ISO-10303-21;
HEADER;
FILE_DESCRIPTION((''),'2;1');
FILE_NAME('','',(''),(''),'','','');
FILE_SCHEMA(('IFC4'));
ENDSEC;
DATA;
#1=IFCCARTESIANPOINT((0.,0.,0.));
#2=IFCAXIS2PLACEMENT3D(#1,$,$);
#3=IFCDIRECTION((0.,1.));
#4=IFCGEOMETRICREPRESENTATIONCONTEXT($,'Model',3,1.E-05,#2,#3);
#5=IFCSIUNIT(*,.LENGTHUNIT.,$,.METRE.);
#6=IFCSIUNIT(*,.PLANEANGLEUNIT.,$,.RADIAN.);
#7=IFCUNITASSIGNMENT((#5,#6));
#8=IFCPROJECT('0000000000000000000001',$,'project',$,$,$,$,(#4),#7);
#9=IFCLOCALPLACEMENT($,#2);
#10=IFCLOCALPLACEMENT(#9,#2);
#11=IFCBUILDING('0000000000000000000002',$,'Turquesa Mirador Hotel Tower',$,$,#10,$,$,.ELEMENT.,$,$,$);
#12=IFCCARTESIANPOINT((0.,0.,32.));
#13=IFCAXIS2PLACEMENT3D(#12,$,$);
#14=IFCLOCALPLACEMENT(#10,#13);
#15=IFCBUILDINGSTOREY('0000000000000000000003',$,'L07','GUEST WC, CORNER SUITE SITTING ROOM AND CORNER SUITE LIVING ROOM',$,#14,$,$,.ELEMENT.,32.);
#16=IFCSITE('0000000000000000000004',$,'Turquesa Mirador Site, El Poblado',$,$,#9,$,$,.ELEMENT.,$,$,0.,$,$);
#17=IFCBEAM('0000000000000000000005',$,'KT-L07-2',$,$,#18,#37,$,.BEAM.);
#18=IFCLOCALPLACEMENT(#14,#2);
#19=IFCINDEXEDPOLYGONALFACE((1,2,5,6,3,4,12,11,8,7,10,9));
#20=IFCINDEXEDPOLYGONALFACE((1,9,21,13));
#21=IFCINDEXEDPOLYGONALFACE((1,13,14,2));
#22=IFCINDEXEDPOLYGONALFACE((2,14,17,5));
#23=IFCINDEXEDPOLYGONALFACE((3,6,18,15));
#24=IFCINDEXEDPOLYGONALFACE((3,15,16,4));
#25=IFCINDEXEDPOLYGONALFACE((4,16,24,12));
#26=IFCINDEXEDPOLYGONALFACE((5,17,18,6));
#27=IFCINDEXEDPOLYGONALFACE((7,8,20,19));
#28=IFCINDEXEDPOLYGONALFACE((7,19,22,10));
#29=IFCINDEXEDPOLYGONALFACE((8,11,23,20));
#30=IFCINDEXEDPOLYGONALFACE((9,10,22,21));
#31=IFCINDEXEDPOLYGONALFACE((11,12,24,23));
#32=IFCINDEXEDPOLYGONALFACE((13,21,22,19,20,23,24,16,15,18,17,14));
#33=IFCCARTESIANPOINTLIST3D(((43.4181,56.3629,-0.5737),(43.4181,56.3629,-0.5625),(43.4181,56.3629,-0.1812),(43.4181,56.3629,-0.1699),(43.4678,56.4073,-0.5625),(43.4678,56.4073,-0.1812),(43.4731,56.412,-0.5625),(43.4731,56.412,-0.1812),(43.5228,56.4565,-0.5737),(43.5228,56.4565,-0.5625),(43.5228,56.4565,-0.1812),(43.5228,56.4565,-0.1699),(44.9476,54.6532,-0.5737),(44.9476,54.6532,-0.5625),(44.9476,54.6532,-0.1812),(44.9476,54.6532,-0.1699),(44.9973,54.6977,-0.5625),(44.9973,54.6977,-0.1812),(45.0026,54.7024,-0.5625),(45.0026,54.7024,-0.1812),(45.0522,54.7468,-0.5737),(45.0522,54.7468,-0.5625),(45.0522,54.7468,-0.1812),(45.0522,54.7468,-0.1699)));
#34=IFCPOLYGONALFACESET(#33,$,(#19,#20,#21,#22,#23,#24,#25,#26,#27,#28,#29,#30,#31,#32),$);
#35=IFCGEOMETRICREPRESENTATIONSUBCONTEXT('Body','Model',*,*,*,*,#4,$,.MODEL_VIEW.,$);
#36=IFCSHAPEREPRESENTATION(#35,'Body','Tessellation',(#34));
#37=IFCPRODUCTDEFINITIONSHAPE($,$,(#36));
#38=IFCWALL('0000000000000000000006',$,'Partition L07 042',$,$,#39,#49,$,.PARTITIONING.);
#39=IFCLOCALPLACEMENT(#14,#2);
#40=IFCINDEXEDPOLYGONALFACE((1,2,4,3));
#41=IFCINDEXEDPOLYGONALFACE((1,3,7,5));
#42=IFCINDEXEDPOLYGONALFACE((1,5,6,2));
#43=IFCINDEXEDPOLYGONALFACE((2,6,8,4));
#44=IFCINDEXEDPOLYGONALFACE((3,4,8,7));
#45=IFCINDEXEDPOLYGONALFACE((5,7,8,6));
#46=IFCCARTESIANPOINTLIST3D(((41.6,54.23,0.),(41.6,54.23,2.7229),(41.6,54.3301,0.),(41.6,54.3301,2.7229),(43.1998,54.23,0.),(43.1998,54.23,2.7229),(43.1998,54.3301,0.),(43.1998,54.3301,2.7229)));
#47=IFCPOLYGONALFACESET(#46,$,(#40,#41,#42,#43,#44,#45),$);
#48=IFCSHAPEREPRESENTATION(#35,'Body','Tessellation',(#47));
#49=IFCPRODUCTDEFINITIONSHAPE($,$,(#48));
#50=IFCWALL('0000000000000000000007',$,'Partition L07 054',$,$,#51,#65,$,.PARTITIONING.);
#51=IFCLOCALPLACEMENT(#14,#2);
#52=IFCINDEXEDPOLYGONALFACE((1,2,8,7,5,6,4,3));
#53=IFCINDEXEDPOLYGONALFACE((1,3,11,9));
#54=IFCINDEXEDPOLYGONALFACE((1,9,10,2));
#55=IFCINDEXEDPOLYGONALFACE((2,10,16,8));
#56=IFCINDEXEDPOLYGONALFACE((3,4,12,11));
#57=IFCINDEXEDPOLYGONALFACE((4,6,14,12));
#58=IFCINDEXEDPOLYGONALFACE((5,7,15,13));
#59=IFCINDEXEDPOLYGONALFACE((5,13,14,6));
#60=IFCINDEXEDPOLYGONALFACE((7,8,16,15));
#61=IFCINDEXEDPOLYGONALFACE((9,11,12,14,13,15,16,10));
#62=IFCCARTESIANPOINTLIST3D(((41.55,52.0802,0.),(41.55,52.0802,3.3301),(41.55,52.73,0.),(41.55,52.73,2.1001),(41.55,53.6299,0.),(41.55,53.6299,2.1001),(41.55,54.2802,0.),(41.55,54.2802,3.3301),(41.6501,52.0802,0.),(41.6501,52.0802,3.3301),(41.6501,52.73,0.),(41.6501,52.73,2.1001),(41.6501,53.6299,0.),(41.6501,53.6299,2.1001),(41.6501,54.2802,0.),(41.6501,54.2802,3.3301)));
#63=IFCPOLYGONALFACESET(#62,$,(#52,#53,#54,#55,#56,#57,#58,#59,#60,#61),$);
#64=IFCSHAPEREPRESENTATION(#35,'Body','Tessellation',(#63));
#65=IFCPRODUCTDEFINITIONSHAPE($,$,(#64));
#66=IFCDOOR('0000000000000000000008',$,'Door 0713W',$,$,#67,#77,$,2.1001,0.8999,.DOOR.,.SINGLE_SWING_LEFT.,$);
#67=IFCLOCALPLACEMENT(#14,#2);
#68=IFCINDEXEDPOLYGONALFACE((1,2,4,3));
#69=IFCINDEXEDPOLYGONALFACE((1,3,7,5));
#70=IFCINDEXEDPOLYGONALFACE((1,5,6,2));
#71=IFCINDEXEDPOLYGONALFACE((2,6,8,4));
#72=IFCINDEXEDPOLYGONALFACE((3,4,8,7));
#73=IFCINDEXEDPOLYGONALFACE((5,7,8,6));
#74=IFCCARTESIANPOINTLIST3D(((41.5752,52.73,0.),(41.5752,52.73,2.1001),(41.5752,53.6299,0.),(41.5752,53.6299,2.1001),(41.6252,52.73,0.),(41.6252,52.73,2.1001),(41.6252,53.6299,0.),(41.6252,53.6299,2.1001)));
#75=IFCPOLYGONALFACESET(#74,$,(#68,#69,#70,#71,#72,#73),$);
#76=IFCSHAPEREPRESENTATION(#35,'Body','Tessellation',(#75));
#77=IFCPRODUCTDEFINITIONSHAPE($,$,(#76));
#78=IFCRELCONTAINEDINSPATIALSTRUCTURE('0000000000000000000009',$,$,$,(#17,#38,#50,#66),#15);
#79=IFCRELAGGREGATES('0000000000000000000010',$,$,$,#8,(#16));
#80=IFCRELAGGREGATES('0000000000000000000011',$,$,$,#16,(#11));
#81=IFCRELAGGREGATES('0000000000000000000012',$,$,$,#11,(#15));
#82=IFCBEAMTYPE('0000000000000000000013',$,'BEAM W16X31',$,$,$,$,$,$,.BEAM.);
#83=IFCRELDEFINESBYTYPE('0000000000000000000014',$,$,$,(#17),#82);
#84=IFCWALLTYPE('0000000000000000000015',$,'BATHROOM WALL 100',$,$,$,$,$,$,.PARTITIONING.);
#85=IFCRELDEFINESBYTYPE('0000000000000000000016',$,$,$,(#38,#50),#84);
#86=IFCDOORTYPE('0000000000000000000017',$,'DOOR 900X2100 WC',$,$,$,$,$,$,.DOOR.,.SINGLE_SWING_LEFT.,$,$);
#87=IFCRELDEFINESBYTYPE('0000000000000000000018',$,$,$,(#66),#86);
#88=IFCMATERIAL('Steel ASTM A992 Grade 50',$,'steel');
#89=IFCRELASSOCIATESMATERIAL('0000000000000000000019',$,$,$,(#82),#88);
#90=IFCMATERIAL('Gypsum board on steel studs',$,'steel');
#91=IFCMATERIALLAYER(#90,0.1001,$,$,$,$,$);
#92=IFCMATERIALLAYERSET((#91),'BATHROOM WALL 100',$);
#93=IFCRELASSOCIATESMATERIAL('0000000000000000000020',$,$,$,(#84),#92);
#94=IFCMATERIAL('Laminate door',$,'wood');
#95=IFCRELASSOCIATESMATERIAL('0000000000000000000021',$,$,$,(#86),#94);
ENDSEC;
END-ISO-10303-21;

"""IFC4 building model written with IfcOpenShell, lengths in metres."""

from ifc_helpers import new_model, si_unit, direction, frame, frame_2d, origin, origin_2d, place, context, subcontext, project, spatial, rectangle, i_section, extrude, material, layer, layer_set, material_profile, profile_set, type_object, element, fill, save


model = new_model("IFC4")

# Units and contexts
model_context = context("Model", 3, precision=1e-05, world=origin(), true_north=direction((0.0, 1.0)))
body_context = subcontext(model_context, "Body", "Model", "MODEL_VIEW")
ifc_project = project(units=[si_unit("LENGTHUNIT", "METRE"), si_unit("PLANEANGLEUNIT", "RADIAN")], contexts=[model_context])

# Site, building, storey
site_placement = place(None, origin())
site = spatial("IfcSite", under=ifc_project, at=site_placement, Name="Turquesa Mirador Site, El Poblado", CompositionType="ELEMENT", RefElevation=0.0)
building_placement = place(site_placement, origin())
building = spatial("IfcBuilding", under=site, at=building_placement, Name="Turquesa Mirador Hotel Tower", CompositionType="ELEMENT")
storey_placement = place(building_placement, frame((0.0, 0.0, 32.0)))
storey = spatial("IfcBuildingStorey", under=building, at=storey_placement, Name="L07", Description="GUEST WC, CORNER SUITE SITTING ROOM AND CORNER SUITE LIVING ROOM", CompositionType="ELEMENT", Elevation=32.0)

# Beam
ifc_material_1 = material(Name="Steel ASTM A992 Grade 50", Category="steel")
ifc_material_profile = material_profile(ifc_material_1, i_section(OverallWidth=0.1404, OverallDepth=0.4038, WebThickness=0.0071, FlangeThickness=0.0112, at=origin_2d()), Name="W16X31")
ifc_profile_set = profile_set([ifc_material_profile], Name="Steel ASTM A992 Grade 50")
beam_type = type_object("IfcBeamType", Name="BEAM W16X31", PredefinedType="BEAM", material=ifc_profile_set)
beam_placement = place(storey_placement, frame((43.4705, 56.4097, -0.3718), z_axis=(0.666745, -0.745286, 0.0), x_axis=(0.745286, 0.666745, 0.0)))
element("IfcBeam", 1, at=beam_placement, inside=storey, type_object=beam_type, Name="KT-L07-2", PredefinedType="BEAM", context=body_context, shape_type="SweptSolid", body=[
    extrude(i_section(OverallWidth=0.1404, OverallDepth=0.4038, WebThickness=0.0071, FlangeThickness=0.0112, at=origin_2d()), origin(), (0.0, 0.0, 1.0), 2.2939),
])

# Wall
ifc_material_2 = material(Name="Gypsum board on steel studs", Category="steel")
ifc_layer_1 = layer(ifc_material_2, 0.1001)
ifc_layer_set_1 = layer_set([ifc_layer_1], Name="BATHROOM WALL 100")
wall_type_1 = type_object("IfcWallType", Name="BATHROOM WALL 100", PredefinedType="PARTITIONING", material=ifc_layer_set_1)
wall_1_placement = place(storey_placement, frame((41.6001, 54.28, 0.0), z_axis=(0.0, 0.0, 1.0), x_axis=(1.0, 0.0, 0.0)))
element("IfcWall", 2, at=wall_1_placement, inside=storey, type_object=wall_type_1, Name="Partition L07 042", PredefinedType="PARTITIONING", context=body_context, shape_type="SweptSolid", body=[
    extrude(rectangle(XDim=1.5999, YDim=0.1001, at=frame_2d((0.7998, 0.0))), origin(), (0.0, 0.0, 1.0), 2.7229),
])

# Wall, opening, door
wall_2_placement = place(storey_placement, frame((41.6001, 52.0801, 0.0), z_axis=(0.0, 0.0, 1.0), x_axis=(0.0, 1.0, 0.0)))
wall_2 = element("IfcWall", 3, at=wall_2_placement, inside=storey, type_object=wall_type_1, Name="Partition L07 054", PredefinedType="PARTITIONING", context=body_context, shape_type="SweptSolid", body=[
    extrude(rectangle(XDim=2.2, YDim=0.1001, at=frame_2d((1.1001, 0.0))), origin(), (0.0, 0.0, 1.0), 3.3301),
])
opening_1_placement = place(wall_2_placement, frame((0.6499, 0.0, 0.0)))
opening_1 = element("IfcOpeningElement", 4, at=opening_1_placement, cuts=wall_2, PredefinedType="OPENING", context=body_context, shape_type="SweptSolid", body=[
    extrude(rectangle(XDim=0.8999, YDim=2.1001, at=frame_2d((0.45, 1.05))), frame((0.0, 0.0601, 0.0), z_axis=(0.0, -1.0, 0.0), x_axis=(1.0, 0.0, 0.0)), (0.0, 0.0, 1.0), 0.1201),
])
ifc_material_3 = material(Name="Laminate door", Category="wood")
door_type_1 = type_object("IfcDoorType", Name="DOOR 900X2100 WC", OperationType="SINGLE_SWING_LEFT", PredefinedType="DOOR", material=ifc_material_3)
door_1_placement = place(opening_1_placement, origin())
door_1 = element("IfcDoor", 5, at=door_1_placement, inside=storey, type_object=door_type_1, Name="Door 0713W", OperationType="SINGLE_SWING_LEFT", OverallHeight=2.1001, OverallWidth=0.8999, PredefinedType="DOOR", context=body_context, shape_type="SweptSolid", body=[
    extrude(rectangle(XDim=0.8999, YDim=2.1001, at=frame_2d((0.45, 1.05))), frame((0.0, 0.0249, 0.0), z_axis=(0.0, -1.0, 0.0), x_axis=(1.0, 0.0, 0.0)), (0.0, 0.0, 1.0), 0.05),
])
fill(opening_1, door_1)

save(model, "model.ifc")
